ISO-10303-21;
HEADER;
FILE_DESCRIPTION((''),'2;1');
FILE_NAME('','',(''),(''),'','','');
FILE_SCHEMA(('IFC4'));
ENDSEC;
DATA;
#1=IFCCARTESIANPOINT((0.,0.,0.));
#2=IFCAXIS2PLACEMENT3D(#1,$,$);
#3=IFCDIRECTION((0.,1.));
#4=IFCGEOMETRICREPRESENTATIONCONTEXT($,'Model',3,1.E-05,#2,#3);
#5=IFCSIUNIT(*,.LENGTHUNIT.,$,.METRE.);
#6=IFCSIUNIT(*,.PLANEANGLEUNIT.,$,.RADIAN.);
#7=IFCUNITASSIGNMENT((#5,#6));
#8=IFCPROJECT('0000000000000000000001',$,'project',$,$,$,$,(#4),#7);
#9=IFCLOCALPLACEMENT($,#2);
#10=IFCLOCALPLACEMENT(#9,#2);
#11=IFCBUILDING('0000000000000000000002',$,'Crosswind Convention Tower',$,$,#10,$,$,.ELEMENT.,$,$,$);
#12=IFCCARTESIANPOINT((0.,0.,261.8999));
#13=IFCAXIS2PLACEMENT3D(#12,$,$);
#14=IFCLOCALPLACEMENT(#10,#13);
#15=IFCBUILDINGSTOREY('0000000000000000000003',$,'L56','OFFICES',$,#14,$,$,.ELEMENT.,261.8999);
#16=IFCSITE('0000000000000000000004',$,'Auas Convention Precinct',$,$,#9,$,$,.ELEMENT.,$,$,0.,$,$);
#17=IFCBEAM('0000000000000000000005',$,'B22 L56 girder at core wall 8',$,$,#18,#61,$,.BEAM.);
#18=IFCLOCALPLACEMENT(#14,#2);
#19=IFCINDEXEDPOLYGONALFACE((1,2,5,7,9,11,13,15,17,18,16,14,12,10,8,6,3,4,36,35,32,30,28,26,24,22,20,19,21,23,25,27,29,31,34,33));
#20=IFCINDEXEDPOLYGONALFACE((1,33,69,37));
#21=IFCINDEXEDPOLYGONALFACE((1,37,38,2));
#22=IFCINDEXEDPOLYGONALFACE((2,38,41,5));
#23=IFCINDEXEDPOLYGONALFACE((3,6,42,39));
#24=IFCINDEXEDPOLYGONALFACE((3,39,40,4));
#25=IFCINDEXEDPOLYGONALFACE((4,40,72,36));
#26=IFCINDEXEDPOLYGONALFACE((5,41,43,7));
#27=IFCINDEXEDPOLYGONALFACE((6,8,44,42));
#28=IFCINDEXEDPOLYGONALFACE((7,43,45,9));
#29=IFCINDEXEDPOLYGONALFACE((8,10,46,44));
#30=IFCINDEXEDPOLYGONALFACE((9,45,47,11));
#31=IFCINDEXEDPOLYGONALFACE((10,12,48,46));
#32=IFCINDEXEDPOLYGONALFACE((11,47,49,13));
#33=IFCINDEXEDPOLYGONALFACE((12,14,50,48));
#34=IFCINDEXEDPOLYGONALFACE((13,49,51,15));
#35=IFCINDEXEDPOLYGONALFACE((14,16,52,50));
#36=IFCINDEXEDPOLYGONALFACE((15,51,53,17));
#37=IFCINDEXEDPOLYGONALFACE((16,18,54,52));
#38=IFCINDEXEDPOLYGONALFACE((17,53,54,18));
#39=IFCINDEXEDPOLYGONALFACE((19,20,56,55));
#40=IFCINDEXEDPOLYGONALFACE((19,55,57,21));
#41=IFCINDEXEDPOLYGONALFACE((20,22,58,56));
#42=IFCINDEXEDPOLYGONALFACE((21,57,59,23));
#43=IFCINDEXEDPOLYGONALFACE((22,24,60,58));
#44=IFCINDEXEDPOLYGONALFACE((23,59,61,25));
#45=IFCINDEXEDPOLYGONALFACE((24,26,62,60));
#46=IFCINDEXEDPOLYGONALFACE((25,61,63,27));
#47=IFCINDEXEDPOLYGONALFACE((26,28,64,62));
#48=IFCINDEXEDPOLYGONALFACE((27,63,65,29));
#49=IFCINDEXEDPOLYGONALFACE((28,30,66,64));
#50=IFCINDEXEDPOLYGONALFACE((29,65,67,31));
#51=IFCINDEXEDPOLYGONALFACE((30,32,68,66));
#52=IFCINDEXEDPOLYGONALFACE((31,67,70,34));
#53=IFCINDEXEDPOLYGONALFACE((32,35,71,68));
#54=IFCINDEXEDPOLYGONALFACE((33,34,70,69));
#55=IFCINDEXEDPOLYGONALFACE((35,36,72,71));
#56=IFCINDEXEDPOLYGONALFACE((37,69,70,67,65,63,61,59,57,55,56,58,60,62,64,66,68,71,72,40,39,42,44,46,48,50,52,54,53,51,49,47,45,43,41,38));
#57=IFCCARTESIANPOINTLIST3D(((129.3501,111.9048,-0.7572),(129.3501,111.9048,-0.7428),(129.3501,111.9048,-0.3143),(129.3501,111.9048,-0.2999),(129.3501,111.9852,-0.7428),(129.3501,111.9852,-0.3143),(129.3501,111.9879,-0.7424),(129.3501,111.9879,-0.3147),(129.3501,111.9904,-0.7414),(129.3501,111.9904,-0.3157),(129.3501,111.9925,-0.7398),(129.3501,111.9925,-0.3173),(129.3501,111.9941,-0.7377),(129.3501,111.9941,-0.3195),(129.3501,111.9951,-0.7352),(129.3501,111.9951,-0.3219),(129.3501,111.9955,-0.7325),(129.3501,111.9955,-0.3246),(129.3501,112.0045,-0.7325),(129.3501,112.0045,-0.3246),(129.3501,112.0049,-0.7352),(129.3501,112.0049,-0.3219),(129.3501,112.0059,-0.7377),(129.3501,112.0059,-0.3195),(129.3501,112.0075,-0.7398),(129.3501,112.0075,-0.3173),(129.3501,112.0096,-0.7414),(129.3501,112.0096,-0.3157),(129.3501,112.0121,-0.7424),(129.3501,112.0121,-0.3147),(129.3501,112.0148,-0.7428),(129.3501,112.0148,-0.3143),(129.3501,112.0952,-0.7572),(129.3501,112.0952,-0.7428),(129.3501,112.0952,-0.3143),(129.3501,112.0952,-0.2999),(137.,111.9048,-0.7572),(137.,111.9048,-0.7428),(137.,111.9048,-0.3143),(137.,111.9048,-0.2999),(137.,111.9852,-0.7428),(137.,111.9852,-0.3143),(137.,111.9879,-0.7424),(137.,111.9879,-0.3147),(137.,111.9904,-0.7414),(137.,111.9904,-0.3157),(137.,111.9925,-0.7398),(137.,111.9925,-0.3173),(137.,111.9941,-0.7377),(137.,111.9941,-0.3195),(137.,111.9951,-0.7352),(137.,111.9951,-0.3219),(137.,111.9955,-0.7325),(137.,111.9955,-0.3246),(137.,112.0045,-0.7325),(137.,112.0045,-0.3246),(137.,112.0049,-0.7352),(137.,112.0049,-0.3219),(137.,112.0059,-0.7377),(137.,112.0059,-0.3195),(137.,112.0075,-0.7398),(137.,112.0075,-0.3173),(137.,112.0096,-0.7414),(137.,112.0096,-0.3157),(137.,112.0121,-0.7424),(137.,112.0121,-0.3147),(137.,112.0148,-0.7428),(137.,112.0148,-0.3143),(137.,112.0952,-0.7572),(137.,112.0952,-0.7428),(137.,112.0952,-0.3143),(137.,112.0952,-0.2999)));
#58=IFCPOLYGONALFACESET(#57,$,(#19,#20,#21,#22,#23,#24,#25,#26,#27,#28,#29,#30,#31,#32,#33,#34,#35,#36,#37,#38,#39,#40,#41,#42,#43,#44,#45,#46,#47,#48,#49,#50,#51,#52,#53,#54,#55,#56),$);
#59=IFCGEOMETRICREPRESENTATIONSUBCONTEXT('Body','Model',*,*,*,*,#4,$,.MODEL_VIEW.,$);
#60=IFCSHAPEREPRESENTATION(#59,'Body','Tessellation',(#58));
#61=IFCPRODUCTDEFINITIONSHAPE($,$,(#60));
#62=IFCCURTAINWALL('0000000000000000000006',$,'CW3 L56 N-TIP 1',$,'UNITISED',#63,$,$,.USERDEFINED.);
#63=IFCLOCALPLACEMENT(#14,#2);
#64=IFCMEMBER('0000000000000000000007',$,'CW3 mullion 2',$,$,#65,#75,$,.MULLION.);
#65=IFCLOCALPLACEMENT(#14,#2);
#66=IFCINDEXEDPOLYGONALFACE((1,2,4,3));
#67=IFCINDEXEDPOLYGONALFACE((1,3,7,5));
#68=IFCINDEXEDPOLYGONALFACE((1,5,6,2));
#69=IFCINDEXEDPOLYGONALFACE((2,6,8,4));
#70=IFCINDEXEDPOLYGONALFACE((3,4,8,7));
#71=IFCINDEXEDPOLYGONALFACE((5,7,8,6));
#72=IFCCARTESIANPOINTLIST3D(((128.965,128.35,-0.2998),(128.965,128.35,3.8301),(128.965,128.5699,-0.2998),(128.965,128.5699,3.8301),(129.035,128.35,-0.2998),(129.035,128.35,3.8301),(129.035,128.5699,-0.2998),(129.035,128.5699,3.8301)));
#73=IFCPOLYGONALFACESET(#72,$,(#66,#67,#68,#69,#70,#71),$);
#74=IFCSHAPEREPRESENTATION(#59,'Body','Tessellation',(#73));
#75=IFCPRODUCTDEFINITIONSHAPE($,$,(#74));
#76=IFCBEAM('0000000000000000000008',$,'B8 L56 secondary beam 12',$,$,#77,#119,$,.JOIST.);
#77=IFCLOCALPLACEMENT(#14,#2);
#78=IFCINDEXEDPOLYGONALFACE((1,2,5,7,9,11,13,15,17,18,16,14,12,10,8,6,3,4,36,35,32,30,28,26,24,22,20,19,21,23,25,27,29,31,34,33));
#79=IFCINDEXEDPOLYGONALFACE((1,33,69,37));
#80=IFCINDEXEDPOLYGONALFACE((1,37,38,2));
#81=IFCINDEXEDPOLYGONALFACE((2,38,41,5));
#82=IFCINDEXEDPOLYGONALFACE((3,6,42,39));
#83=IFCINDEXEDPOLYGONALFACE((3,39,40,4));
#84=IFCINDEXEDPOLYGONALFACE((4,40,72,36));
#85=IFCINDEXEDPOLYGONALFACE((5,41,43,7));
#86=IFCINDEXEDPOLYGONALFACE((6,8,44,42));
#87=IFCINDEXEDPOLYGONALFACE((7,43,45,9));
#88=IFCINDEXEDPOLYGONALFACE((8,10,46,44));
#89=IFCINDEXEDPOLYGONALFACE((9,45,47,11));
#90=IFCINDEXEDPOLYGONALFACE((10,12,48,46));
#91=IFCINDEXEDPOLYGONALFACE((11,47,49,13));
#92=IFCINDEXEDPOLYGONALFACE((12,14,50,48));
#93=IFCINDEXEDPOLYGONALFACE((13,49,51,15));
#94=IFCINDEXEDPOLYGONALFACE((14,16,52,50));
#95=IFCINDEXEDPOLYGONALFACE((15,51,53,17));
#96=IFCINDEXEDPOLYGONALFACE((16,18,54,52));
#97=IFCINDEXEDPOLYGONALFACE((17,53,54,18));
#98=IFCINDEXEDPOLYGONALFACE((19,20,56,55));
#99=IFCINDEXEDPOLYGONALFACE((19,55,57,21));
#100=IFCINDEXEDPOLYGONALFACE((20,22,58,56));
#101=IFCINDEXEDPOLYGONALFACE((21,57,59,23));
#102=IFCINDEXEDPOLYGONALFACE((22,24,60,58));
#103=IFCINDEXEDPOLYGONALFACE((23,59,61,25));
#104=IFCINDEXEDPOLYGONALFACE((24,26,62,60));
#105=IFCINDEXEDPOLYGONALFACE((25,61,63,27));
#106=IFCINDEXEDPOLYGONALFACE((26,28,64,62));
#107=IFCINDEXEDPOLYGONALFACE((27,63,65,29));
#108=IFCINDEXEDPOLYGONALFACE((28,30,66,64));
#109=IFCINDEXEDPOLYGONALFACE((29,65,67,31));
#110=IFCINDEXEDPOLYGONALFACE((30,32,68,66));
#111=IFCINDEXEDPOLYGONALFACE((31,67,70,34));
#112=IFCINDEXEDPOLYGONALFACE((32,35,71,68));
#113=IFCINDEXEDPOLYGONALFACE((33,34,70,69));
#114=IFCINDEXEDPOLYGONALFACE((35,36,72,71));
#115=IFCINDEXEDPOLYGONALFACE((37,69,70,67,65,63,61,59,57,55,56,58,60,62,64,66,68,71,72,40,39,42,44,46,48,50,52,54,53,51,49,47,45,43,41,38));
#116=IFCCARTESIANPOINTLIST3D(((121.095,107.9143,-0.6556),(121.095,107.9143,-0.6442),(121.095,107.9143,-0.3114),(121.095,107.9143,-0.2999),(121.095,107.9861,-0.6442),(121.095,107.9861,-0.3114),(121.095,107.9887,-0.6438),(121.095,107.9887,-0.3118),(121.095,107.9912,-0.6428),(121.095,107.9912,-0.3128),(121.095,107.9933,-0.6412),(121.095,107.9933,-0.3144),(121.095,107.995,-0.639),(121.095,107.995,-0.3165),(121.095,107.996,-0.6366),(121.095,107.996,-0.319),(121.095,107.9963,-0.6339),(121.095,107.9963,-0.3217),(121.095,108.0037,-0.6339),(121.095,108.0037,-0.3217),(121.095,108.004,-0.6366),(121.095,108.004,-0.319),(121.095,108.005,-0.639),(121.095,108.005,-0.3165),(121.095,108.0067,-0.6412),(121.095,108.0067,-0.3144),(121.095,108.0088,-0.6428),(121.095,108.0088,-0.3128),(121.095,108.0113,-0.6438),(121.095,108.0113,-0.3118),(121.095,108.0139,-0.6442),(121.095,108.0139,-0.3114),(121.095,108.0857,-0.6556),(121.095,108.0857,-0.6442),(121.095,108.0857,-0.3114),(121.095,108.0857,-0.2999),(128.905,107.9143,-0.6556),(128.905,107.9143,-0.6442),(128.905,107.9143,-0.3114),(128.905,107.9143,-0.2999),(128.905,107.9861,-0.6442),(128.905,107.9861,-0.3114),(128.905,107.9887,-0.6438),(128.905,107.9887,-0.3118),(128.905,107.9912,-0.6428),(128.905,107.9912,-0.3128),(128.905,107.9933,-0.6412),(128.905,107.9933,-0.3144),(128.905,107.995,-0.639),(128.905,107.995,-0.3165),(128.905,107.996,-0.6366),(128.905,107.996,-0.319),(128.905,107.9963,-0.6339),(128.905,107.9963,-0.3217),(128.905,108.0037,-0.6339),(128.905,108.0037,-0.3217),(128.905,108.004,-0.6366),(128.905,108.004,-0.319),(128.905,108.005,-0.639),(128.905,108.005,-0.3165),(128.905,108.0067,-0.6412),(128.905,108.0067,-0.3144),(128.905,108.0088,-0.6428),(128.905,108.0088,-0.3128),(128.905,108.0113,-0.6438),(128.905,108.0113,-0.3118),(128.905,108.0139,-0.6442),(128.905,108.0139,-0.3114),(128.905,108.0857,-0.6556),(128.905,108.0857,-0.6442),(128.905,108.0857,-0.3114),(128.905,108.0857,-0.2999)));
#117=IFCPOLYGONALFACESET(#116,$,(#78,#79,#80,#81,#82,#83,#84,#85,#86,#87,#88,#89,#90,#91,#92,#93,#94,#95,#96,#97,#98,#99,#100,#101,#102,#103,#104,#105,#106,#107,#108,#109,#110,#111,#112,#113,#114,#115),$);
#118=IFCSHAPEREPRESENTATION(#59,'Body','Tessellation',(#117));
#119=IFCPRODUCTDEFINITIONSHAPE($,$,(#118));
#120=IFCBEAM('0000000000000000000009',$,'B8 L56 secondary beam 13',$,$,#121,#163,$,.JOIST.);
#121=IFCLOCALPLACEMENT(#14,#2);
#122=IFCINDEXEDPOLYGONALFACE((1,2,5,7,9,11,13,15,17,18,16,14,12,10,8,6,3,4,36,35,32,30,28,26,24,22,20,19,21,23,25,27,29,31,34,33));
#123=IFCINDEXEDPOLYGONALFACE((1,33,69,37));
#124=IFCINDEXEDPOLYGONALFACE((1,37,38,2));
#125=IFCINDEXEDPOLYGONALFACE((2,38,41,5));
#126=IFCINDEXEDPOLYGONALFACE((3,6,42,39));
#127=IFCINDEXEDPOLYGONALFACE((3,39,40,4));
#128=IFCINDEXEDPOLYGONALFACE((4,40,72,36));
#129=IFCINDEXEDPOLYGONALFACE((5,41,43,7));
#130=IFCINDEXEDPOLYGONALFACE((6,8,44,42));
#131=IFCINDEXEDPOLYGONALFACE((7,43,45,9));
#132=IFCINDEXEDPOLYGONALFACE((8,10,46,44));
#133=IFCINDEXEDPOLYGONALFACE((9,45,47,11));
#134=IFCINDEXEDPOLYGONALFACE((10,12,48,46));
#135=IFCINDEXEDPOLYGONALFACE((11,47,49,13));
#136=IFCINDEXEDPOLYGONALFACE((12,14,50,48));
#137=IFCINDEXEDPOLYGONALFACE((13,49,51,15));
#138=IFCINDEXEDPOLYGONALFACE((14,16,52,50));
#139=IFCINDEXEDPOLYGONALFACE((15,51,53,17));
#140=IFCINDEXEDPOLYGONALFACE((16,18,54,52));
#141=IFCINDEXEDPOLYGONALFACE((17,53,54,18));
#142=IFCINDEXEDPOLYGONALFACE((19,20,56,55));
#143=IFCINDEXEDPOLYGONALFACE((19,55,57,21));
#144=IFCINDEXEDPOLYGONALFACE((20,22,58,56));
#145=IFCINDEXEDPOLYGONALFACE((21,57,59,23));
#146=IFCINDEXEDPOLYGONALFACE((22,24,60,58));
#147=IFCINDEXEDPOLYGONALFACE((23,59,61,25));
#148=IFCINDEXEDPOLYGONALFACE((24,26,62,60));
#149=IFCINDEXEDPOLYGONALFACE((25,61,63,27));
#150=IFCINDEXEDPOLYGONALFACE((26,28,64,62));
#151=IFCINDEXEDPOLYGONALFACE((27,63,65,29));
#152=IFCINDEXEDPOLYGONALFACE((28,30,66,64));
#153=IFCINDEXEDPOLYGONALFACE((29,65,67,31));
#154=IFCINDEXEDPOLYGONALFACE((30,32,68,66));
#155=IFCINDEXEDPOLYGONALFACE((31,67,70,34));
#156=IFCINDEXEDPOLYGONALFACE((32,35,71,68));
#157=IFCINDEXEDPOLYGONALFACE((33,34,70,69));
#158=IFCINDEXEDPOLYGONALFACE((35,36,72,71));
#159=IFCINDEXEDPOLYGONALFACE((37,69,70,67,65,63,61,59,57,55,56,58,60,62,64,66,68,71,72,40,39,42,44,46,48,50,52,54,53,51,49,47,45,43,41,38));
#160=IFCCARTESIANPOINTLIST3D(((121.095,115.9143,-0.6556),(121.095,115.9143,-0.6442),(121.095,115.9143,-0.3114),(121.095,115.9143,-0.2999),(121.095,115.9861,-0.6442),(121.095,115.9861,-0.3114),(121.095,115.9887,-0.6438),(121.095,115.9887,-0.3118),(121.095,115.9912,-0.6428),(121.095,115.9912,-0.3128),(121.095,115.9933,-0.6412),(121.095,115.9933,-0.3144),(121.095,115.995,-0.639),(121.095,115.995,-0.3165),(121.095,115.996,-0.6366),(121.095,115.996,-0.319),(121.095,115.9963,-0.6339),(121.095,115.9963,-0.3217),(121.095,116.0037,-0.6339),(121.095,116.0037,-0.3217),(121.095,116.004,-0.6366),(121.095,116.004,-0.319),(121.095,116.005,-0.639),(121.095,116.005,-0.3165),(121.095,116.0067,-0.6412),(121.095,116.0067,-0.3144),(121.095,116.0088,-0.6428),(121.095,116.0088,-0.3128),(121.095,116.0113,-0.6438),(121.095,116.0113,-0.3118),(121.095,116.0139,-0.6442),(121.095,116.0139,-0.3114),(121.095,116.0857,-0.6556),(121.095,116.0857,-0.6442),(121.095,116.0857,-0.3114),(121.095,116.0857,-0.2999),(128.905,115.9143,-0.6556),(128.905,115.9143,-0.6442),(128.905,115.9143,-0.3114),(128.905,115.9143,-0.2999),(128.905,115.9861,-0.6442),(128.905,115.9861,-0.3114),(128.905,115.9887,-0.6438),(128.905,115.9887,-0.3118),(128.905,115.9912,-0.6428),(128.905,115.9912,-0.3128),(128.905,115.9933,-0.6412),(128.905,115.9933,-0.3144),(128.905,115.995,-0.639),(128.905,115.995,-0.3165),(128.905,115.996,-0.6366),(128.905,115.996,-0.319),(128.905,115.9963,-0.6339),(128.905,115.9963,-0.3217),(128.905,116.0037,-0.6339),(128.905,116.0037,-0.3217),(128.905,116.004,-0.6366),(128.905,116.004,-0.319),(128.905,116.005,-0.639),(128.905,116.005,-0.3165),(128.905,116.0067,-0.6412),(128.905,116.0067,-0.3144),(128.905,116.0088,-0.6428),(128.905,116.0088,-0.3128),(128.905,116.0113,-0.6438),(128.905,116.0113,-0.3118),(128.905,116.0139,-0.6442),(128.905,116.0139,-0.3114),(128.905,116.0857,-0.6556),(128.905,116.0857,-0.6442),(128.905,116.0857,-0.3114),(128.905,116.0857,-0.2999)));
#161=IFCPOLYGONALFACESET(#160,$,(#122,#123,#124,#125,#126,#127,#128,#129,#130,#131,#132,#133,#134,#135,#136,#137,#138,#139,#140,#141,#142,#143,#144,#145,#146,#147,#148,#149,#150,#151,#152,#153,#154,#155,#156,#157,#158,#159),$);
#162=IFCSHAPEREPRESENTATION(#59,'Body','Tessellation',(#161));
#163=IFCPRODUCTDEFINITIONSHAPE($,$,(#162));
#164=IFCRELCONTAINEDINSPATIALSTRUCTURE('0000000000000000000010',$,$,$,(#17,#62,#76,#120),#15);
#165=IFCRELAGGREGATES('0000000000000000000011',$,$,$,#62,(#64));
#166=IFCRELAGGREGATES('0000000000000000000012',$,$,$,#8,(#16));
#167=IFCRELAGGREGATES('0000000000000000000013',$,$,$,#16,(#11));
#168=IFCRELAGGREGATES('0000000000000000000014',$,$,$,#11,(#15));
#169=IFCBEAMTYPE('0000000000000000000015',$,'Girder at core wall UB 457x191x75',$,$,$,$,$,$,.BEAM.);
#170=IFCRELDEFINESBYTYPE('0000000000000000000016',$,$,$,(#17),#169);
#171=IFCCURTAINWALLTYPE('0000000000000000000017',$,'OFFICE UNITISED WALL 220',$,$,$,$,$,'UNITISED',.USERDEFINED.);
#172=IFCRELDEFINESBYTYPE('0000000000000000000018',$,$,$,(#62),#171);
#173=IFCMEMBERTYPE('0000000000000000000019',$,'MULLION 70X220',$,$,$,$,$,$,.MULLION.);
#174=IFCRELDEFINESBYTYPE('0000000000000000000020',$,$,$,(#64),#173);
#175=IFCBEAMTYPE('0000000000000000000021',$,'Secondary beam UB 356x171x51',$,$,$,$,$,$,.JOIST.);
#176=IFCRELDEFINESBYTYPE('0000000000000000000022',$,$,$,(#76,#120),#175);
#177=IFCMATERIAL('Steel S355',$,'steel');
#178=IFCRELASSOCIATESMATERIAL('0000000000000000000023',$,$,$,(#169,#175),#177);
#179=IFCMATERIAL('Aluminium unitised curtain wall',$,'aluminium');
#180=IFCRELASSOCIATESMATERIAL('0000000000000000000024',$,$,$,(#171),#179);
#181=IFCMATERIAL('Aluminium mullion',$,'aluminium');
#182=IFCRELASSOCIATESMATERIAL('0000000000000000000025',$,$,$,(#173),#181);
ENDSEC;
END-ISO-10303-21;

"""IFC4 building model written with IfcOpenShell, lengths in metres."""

from ifc_helpers import new_model, si_unit, direction, frame, origin, origin_2d, place, context, subcontext, project, spatial, rectangle, i_section, extrude, material, material_profile, profile_set, type_object, element, aggregate, save


model = new_model("IFC4")

# Units and contexts
model_context = context("Model", 3, precision=1e-05, world=origin(), true_north=direction((0.0, 1.0)))
body_context = subcontext(model_context, "Body", "Model", "MODEL_VIEW")
ifc_project = project(units=[si_unit("LENGTHUNIT", "METRE"), si_unit("PLANEANGLEUNIT", "RADIAN")], contexts=[model_context])

# Site, building, storey
site_placement = place(None, origin())
site = spatial("IfcSite", under=ifc_project, at=site_placement, Name="Auas Convention Precinct", CompositionType="ELEMENT", RefElevation=0.0)
building_placement = place(site_placement, origin())
building = spatial("IfcBuilding", under=site, at=building_placement, Name="Crosswind Convention Tower", CompositionType="ELEMENT")
storey_placement = place(building_placement, frame((0.0, 0.0, 261.8999)))
storey = spatial("IfcBuildingStorey", under=building, at=storey_placement, Name="L56", Description="OFFICES", CompositionType="ELEMENT", Elevation=261.8999)

# Beam
ifc_material_1 = material(Name="Steel S355", Category="steel")
ifc_material_profile_1 = material_profile(ifc_material_1, i_section(OverallWidth=0.1904, OverallDepth=0.4573, WebThickness=0.009, FlangeThickness=0.0144, FilletRadius=0.0103, at=origin_2d()), Name="UB 457x191x75")
ifc_profile_set_1 = profile_set([ifc_material_profile_1], Name="Steel S355")
beam_type_1 = type_object("IfcBeamType", Name="Girder at core wall UB 457x191x75", PredefinedType="BEAM", material=ifc_profile_set_1)
for number, where, z_axis, x_axis, name in (
    (1, (129.3501, 112.0, -0.5286), (1.0, 0.0, 0.0), (0.0, 1.0, 0.0), "B22 L56 girder at core wall 8"),
):
    element("IfcBeam", number, at=place(storey_placement, frame(where, z_axis=z_axis, x_axis=x_axis)), inside=storey, type_object=beam_type_1, Name=name, PredefinedType="BEAM", context=body_context, shape_type="SweptSolid", body=[
        extrude(i_section(OverallWidth=0.1904, OverallDepth=0.4573, WebThickness=0.009, FlangeThickness=0.0144, FilletRadius=0.0103, at=origin_2d()), origin(), (0.0, 0.0, 1.0), 7.6499),
    ])

# Curtain wall, member
ifc_material_2 = material(Name="Aluminium unitised curtain wall", Category="aluminium")
curtain_wall_type = type_object("IfcCurtainWallType", Name="OFFICE UNITISED WALL 220", ElementType="UNITISED", PredefinedType="USERDEFINED", material=ifc_material_2)
curtain_wall_placement = place(storey_placement, origin())
curtain_wall = element("IfcCurtainWall", 2, at=curtain_wall_placement, inside=storey, type_object=curtain_wall_type, Name="CW3 L56 N-TIP 1", ObjectType="UNITISED", PredefinedType="USERDEFINED")
ifc_material_3 = material(Name="Aluminium mullion", Category="aluminium")
ifc_material_profile_2 = material_profile(ifc_material_3, rectangle(XDim=0.22, YDim=0.0701, at=origin_2d()), Name="AL 220X70")
ifc_profile_set_2 = profile_set([ifc_material_profile_2], Name="Aluminium mullion")
member_type = type_object("IfcMemberType", Name="MULLION 70X220", PredefinedType="MULLION", material=ifc_profile_set_2)
member_placement = place(storey_placement, frame((129.0, 128.46, -0.2998), z_axis=(0.0, 0.0, 1.0), x_axis=(0.0, 1.0, 0.0)))
member = element("IfcMember", 3, at=member_placement, type_object=member_type, Name="CW3 mullion 2", PredefinedType="MULLION", context=body_context, shape_type="SweptSolid", body=[
    extrude(rectangle(XDim=0.22, YDim=0.0701, at=origin_2d()), origin(), (0.0, 0.0, 1.0), 4.1299),
])

# Beams
ifc_material_profile_3 = material_profile(ifc_material_1, i_section(OverallWidth=0.1714, OverallDepth=0.3557, WebThickness=0.0073, FlangeThickness=0.0115, FilletRadius=0.0103, at=origin_2d()), Name="UB 356x171x51")
ifc_profile_set_3 = profile_set([ifc_material_profile_3], Name="Steel S355")
beam_type_2 = type_object("IfcBeamType", Name="Secondary beam UB 356x171x51", PredefinedType="JOIST", material=ifc_profile_set_3)
for number, where, z_axis, x_axis, name in (
    (4, (121.095, 108.0, -0.4778), (1.0, 0.0, 0.0), (0.0, 1.0, 0.0), "B8 L56 secondary beam 12"),
    (5, (121.095, 116.0, -0.4778), (1.0, 0.0, 0.0), (0.0, 1.0, 0.0), "B8 L56 secondary beam 13"),
):
    element("IfcBeam", number, at=place(storey_placement, frame(where, z_axis=z_axis, x_axis=x_axis)), inside=storey, type_object=beam_type_2, Name=name, PredefinedType="JOIST", context=body_context, shape_type="SweptSolid", body=[
        extrude(i_section(OverallWidth=0.1714, OverallDepth=0.3557, WebThickness=0.0073, FlangeThickness=0.0115, FilletRadius=0.0103, at=origin_2d()), origin(), (0.0, 0.0, 1.0), 7.8101),
    ])

aggregate(curtain_wall, [member])

save(model, "model.ifc")
